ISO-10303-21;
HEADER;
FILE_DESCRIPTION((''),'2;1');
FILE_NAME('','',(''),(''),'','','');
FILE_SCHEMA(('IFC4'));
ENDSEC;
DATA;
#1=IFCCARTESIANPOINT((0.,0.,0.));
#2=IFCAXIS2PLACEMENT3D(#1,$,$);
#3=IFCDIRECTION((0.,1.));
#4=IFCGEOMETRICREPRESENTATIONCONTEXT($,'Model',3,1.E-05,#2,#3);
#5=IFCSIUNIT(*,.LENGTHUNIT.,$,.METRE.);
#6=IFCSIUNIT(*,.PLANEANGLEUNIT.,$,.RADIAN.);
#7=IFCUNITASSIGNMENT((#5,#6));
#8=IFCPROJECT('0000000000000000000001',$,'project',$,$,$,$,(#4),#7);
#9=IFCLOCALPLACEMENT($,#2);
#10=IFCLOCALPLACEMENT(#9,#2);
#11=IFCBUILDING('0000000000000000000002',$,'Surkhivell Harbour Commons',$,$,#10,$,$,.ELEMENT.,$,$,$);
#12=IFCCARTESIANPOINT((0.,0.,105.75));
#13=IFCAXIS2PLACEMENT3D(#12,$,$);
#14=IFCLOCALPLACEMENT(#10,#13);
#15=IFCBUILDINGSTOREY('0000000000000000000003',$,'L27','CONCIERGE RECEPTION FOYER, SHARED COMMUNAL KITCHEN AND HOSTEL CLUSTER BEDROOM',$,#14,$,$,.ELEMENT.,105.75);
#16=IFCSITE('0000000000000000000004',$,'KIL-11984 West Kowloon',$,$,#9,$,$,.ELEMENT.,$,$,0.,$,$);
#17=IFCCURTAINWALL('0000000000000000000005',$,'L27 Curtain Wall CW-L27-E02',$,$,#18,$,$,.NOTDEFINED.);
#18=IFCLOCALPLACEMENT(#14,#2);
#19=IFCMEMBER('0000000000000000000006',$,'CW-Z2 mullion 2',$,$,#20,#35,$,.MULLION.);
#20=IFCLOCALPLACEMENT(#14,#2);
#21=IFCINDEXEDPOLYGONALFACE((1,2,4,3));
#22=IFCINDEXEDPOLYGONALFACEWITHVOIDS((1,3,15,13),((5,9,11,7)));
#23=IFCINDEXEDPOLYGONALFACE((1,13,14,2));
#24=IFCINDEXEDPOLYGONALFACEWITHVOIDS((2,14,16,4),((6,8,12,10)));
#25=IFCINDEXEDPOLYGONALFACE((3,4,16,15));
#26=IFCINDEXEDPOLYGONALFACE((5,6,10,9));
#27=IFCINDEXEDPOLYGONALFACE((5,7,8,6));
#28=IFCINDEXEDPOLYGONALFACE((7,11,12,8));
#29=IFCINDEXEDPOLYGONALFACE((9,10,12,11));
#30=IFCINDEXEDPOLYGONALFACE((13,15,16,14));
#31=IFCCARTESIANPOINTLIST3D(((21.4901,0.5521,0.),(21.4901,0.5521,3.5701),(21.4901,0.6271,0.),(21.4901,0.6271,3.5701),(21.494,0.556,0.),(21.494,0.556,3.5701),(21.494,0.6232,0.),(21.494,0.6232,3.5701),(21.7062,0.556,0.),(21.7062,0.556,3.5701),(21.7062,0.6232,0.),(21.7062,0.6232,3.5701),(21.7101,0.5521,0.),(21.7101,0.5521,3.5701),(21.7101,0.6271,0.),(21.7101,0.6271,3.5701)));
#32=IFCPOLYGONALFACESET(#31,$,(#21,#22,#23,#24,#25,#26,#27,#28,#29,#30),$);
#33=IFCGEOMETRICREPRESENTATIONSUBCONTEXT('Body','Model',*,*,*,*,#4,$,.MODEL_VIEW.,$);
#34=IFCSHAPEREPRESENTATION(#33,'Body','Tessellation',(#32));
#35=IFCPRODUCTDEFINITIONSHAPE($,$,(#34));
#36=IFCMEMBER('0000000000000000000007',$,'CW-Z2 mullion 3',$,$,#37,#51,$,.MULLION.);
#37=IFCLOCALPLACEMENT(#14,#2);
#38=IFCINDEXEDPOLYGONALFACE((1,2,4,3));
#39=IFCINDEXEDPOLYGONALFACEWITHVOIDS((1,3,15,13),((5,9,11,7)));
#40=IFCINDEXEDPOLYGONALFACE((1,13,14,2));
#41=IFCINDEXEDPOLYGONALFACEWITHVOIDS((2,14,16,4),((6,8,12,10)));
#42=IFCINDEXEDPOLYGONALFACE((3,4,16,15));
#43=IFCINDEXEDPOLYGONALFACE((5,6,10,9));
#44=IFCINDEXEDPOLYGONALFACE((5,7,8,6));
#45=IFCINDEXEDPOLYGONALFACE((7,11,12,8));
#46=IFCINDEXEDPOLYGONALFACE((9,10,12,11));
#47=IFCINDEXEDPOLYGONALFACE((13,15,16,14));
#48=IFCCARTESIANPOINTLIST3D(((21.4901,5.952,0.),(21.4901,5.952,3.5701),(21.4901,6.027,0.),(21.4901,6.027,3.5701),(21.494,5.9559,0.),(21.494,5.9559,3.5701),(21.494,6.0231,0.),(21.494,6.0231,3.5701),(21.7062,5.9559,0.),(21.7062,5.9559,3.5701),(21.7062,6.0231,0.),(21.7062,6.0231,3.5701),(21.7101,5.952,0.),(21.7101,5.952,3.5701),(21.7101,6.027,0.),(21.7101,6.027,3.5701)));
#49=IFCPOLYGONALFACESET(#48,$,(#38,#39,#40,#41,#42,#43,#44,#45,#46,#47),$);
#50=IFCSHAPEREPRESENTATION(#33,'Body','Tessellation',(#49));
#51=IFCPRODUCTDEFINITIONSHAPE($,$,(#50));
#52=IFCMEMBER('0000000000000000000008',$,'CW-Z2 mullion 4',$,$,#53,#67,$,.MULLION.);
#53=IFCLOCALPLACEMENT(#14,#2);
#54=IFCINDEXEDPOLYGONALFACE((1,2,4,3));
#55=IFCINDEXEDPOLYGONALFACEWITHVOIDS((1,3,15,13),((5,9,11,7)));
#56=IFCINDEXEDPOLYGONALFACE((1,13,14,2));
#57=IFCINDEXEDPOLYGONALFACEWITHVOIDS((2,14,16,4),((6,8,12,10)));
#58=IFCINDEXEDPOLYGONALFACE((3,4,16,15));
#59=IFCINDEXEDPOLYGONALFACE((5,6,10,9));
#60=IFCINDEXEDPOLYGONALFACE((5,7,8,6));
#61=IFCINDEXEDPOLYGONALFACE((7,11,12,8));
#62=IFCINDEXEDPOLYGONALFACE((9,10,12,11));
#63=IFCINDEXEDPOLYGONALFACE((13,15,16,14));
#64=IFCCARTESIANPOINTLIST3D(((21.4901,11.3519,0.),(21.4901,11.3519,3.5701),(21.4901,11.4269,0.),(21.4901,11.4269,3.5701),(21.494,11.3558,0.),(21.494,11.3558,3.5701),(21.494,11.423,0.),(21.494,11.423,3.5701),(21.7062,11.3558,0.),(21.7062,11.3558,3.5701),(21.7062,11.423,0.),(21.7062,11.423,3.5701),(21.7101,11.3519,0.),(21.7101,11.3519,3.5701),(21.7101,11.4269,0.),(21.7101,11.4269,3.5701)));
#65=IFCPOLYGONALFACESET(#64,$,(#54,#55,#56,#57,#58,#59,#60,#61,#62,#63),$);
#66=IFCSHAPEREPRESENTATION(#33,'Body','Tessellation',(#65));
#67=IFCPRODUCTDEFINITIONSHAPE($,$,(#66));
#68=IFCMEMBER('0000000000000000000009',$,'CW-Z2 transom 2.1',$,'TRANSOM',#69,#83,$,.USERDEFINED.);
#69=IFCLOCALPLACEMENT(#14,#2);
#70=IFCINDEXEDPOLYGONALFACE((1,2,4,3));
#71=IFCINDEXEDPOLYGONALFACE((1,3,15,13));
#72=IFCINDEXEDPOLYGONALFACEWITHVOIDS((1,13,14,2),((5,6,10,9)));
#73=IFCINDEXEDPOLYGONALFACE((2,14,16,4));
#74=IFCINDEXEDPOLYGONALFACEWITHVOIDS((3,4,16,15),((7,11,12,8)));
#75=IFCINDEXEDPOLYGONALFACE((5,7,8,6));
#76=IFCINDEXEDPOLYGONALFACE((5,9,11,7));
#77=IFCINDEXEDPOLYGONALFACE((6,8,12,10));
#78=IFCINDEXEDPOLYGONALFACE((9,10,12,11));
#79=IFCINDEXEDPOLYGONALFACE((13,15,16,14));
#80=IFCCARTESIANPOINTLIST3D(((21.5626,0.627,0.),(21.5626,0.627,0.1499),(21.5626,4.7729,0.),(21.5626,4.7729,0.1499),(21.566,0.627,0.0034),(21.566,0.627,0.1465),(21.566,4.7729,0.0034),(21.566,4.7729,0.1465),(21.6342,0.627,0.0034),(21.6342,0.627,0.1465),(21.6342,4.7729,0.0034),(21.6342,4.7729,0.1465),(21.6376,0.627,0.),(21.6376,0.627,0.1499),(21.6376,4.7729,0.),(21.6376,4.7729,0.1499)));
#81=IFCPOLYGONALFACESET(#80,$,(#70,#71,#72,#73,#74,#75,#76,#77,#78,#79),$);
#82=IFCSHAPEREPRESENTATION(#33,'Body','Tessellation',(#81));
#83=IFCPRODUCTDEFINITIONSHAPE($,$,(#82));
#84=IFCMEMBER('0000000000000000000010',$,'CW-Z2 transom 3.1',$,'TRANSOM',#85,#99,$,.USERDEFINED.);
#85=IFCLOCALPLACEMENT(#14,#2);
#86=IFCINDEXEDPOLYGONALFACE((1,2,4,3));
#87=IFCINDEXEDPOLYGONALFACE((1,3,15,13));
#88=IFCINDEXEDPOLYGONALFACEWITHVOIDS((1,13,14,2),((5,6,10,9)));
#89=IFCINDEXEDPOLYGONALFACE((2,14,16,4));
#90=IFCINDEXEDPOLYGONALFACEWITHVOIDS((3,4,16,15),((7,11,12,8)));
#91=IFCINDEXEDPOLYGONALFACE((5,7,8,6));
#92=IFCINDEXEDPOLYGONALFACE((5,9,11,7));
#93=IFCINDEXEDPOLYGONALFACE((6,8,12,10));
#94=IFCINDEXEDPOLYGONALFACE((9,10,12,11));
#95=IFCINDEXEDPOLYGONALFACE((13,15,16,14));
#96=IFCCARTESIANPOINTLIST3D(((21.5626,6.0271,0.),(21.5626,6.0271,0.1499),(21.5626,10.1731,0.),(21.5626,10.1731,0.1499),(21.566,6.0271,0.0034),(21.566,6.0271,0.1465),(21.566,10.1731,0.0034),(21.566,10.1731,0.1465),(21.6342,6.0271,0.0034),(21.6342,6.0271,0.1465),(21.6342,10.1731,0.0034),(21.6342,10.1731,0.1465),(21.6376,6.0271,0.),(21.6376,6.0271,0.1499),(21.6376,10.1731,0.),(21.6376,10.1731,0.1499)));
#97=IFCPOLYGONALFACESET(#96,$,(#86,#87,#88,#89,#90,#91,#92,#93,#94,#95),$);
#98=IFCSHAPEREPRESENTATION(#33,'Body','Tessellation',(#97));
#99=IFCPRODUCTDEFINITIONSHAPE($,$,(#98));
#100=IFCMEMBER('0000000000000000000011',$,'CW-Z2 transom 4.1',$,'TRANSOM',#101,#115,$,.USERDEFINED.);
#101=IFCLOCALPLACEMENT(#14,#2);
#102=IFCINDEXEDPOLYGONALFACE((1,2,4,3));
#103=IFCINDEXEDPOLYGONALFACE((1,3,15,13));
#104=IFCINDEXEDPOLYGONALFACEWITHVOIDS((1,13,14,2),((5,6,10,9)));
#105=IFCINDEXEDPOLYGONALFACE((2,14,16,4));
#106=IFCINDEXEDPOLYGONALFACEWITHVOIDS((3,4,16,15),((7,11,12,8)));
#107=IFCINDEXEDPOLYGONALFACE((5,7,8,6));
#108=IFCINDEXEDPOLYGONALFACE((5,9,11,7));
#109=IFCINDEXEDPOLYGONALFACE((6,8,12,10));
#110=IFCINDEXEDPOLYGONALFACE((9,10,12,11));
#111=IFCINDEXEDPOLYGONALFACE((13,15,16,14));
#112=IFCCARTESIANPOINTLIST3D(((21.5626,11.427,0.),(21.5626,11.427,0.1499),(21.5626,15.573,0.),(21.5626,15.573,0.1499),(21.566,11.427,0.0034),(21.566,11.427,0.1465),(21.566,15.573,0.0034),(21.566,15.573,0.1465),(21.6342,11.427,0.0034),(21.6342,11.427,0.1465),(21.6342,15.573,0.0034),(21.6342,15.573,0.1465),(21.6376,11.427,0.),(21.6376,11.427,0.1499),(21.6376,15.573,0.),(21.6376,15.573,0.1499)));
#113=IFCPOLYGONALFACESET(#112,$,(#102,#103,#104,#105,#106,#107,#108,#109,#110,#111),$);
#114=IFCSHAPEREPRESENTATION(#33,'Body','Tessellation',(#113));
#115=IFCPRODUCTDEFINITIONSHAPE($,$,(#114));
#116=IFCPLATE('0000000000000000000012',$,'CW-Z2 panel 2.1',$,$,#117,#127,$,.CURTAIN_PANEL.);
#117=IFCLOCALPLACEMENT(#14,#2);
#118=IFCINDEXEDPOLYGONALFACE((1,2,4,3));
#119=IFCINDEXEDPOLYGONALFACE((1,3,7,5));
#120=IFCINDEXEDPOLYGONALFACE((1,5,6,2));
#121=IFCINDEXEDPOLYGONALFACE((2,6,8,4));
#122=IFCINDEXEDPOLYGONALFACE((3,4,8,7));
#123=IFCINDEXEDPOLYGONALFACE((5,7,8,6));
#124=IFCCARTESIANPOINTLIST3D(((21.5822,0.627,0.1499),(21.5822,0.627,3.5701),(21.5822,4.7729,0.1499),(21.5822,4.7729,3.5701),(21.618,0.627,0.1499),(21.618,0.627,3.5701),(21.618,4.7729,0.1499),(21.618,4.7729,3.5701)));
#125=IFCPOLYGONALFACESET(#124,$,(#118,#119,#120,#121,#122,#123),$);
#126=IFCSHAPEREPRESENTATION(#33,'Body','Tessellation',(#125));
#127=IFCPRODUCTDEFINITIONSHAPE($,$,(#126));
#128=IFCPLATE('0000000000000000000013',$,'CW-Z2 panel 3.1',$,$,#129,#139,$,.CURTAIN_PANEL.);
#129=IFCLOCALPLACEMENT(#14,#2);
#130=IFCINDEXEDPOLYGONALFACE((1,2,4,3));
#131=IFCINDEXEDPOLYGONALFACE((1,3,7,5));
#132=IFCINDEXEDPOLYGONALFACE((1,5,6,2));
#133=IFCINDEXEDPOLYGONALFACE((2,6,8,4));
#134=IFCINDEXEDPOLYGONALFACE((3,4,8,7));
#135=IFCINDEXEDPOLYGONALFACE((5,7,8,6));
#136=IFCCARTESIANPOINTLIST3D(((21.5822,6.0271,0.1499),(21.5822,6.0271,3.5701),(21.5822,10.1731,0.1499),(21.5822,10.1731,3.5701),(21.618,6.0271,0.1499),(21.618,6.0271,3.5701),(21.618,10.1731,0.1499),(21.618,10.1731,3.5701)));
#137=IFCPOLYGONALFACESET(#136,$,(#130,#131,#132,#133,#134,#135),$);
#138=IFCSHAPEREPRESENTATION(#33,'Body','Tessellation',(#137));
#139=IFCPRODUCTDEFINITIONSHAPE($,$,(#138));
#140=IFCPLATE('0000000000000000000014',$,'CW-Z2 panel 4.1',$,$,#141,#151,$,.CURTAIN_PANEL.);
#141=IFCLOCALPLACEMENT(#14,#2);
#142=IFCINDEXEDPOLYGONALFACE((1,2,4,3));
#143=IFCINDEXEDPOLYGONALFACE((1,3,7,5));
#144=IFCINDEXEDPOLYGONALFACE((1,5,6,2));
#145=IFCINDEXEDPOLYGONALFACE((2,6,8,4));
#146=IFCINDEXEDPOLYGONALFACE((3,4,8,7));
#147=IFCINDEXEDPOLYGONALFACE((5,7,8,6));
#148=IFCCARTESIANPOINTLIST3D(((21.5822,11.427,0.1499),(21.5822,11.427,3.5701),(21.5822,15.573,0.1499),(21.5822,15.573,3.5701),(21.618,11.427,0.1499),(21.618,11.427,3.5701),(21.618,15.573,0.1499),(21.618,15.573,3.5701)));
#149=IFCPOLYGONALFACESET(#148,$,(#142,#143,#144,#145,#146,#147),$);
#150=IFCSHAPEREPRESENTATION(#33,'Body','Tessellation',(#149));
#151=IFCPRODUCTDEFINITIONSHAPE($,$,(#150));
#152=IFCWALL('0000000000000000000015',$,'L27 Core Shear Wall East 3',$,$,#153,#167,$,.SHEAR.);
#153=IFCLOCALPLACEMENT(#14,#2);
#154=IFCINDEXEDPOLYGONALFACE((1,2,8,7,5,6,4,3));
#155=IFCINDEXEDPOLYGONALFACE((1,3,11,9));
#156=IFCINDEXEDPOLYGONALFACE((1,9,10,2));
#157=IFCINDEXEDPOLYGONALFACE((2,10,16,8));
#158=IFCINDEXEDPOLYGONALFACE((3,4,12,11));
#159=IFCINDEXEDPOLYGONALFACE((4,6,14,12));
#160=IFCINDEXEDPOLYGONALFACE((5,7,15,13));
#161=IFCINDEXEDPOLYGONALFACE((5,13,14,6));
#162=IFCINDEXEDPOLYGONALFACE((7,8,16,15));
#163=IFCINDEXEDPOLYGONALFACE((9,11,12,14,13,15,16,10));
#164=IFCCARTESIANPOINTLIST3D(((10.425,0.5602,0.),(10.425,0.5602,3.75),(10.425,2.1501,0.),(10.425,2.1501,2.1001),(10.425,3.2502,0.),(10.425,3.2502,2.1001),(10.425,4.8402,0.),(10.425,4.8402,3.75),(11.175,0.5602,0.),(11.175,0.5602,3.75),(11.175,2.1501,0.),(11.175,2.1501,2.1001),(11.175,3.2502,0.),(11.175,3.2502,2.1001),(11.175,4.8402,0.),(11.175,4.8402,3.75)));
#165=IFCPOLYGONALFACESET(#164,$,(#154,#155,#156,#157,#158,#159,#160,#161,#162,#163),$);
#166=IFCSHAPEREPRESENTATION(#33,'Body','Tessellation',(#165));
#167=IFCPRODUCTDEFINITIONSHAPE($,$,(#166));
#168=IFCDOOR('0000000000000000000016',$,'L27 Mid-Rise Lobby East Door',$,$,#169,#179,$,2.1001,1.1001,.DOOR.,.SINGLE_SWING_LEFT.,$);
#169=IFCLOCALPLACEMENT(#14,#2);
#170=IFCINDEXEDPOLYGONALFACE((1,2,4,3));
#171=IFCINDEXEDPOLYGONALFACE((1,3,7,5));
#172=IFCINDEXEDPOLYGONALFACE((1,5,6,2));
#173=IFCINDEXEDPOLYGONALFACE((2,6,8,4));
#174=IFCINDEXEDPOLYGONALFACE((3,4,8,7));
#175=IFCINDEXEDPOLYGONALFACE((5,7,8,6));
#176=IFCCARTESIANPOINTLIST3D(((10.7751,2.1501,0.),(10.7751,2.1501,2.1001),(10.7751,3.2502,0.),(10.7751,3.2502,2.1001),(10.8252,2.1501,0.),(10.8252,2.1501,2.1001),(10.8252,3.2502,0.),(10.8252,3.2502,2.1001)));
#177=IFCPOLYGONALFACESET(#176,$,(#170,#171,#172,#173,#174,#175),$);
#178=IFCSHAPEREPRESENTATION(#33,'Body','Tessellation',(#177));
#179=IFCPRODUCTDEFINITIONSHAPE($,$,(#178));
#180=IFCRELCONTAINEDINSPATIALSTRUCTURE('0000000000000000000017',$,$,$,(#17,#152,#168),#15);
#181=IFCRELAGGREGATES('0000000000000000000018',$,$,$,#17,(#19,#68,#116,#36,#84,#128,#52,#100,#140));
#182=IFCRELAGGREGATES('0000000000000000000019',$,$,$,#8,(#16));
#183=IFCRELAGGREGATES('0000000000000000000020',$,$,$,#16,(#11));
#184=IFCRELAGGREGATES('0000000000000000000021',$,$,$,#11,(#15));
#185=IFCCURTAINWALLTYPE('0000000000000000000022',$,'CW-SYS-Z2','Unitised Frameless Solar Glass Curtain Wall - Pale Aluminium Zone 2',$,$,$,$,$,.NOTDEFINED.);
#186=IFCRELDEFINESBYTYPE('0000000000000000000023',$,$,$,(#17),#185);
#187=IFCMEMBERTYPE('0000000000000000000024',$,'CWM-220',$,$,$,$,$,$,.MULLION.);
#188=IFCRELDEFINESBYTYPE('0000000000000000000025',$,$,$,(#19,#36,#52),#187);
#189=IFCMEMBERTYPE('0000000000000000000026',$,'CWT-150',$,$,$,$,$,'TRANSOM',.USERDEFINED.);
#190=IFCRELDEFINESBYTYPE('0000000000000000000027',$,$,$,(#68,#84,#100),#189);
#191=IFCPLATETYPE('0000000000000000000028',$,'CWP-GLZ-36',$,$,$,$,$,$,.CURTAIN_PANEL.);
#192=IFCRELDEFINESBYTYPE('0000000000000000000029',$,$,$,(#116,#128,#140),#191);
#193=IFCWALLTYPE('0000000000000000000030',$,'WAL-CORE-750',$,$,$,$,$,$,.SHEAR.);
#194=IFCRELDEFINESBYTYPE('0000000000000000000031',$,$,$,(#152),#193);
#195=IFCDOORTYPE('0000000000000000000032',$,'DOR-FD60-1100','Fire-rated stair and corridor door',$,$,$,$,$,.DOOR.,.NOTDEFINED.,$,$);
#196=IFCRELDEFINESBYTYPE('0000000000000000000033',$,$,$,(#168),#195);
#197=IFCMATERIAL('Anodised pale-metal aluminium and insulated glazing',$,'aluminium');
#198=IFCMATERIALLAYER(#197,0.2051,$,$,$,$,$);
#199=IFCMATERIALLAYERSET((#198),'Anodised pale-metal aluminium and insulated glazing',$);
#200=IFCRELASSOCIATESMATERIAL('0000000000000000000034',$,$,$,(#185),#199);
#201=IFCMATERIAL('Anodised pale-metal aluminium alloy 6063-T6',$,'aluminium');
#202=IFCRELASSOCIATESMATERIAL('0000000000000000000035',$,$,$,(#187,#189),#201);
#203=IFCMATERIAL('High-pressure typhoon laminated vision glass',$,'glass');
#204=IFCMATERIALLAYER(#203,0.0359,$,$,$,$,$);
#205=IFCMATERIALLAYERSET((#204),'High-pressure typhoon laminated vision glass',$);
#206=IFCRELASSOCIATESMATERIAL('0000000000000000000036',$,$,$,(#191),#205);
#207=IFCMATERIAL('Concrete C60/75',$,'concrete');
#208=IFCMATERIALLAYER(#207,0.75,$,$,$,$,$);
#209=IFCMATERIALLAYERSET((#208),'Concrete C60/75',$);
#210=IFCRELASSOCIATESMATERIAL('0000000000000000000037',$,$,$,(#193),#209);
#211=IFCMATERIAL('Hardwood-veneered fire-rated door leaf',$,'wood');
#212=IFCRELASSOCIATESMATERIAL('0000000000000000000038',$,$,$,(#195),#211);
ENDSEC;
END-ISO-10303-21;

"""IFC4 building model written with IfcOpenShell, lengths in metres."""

from ifc_helpers import new_model, si_unit, direction, frame, frame_2d, origin, origin_2d, place, context, subcontext, project, spatial, rectangle, hollow_rectangle, extrude, material, layer, layer_set, material_profile, profile_set, type_object, element, fill, aggregate, save


model = new_model("IFC4")

# Units and contexts
model_context = context("Model", 3, precision=1e-05, world=origin(), true_north=direction((0.0, 1.0)))
body_context = subcontext(model_context, "Body", "Model", "MODEL_VIEW")
ifc_project = project(units=[si_unit("LENGTHUNIT", "METRE"), si_unit("PLANEANGLEUNIT", "RADIAN")], contexts=[model_context])

# Site, building, storey
site_placement = place(None, origin())
site = spatial("IfcSite", under=ifc_project, at=site_placement, Name="KIL-11984 West Kowloon", CompositionType="ELEMENT", RefElevation=0.0)
building_placement = place(site_placement, origin())
building = spatial("IfcBuilding", under=site, at=building_placement, Name="Surkhivell Harbour Commons", CompositionType="ELEMENT")
storey_placement = place(building_placement, frame((0.0, 0.0, 105.75)))
storey = spatial("IfcBuildingStorey", under=building, at=storey_placement, Name="L27", Description="CONCIERGE RECEPTION FOYER, SHARED COMMUNAL KITCHEN AND HOSTEL CLUSTER BEDROOM", CompositionType="ELEMENT", Elevation=105.75)

# Shared definitions
ifc_material_1 = material(Name="Concrete C60/75", Category="concrete")

# Curtain wall, members, plates
ifc_material_2 = material(Name="Anodised pale-metal aluminium and insulated glazing", Category="aluminium")
ifc_layer_1 = layer(ifc_material_2, 0.2051)
ifc_layer_set_1 = layer_set([ifc_layer_1], Name="Anodised pale-metal aluminium and insulated glazing")
curtain_wall_type = type_object("IfcCurtainWallType", Name="CW-SYS-Z2", Description="Unitised Frameless Solar Glass Curtain Wall - Pale Aluminium Zone 2", PredefinedType="NOTDEFINED", material=ifc_layer_set_1)
curtain_wall_placement = place(storey_placement, origin())
curtain_wall = element("IfcCurtainWall", 1, at=curtain_wall_placement, inside=storey, type_object=curtain_wall_type, Name="L27 Curtain Wall CW-L27-E02", PredefinedType="NOTDEFINED")
ifc_material_3 = material(Name="Anodised pale-metal aluminium alloy 6063-T6", Category="aluminium")
ifc_material_profile_1 = material_profile(ifc_material_3, hollow_rectangle(XDim=0.075, YDim=0.22, WallThickness=0.0039, at=origin_2d()), Name="ALU-MULL-75x220")
ifc_profile_set_1 = profile_set([ifc_material_profile_1], Name="Anodised pale-metal aluminium alloy 6063-T6")
member_type_1 = type_object("IfcMemberType", Name="CWM-220", PredefinedType="MULLION", material=ifc_profile_set_1)
member_1_placement = place(storey_placement, frame((21.6001, 0.5896, 0.0), z_axis=(0.0, 0.0, 1.0), x_axis=(0.0, 1.0, 0.0)))
member_1 = element("IfcMember", 2, at=member_1_placement, type_object=member_type_1, Name="CW-Z2 mullion 2", PredefinedType="MULLION", context=body_context, shape_type="SweptSolid", body=[
    extrude(hollow_rectangle(XDim=0.075, YDim=0.22, WallThickness=0.0039, at=origin_2d()), origin(), (0.0, 0.0, 1.0), 3.5701),
])
member_2_placement = place(storey_placement, frame((21.6001, 5.9895, 0.0), z_axis=(0.0, 0.0, 1.0), x_axis=(0.0, 1.0, 0.0)))
member_2 = element("IfcMember", 3, at=member_2_placement, type_object=member_type_1, Name="CW-Z2 mullion 3", PredefinedType="MULLION", context=body_context, shape_type="SweptSolid", body=[
    extrude(hollow_rectangle(XDim=0.075, YDim=0.22, WallThickness=0.0039, at=origin_2d()), origin(), (0.0, 0.0, 1.0), 3.5701),
])
member_3_placement = place(storey_placement, frame((21.6001, 11.3894, 0.0), z_axis=(0.0, 0.0, 1.0), x_axis=(0.0, 1.0, 0.0)))
member_3 = element("IfcMember", 4, at=member_3_placement, type_object=member_type_1, Name="CW-Z2 mullion 4", PredefinedType="MULLION", context=body_context, shape_type="SweptSolid", body=[
    extrude(hollow_rectangle(XDim=0.075, YDim=0.22, WallThickness=0.0039, at=origin_2d()), origin(), (0.0, 0.0, 1.0), 3.5701),
])
ifc_material_profile_2 = material_profile(ifc_material_3, hollow_rectangle(XDim=0.075, YDim=0.1499, WallThickness=0.0034, at=origin_2d()), Name="ALU-TRAN-75x150")
ifc_profile_set_2 = profile_set([ifc_material_profile_2], Name="Anodised pale-metal aluminium alloy 6063-T6")
member_type_2 = type_object("IfcMemberType", Name="CWT-150", ElementType="TRANSOM", PredefinedType="USERDEFINED", material=ifc_profile_set_2)
member_4_placement = place(storey_placement, frame((21.6001, 0.627, 0.075), z_axis=(0.0, 1.0, 0.0), x_axis=(-1.0, 0.0, 0.0)))
member_4 = element("IfcMember", 5, at=member_4_placement, type_object=member_type_2, Name="CW-Z2 transom 2.1", ObjectType="TRANSOM", PredefinedType="USERDEFINED", context=body_context, shape_type="SweptSolid", body=[
    extrude(hollow_rectangle(XDim=0.075, YDim=0.1499, WallThickness=0.0034, at=origin_2d()), origin(), (0.0, 0.0, 1.0), 4.146),
])
member_5_placement = place(storey_placement, frame((21.6001, 6.0271, 0.075), z_axis=(0.0, 1.0, 0.0), x_axis=(-1.0, 0.0, 0.0)))
member_5 = element("IfcMember", 6, at=member_5_placement, type_object=member_type_2, Name="CW-Z2 transom 3.1", ObjectType="TRANSOM", PredefinedType="USERDEFINED", context=body_context, shape_type="SweptSolid", body=[
    extrude(hollow_rectangle(XDim=0.075, YDim=0.1499, WallThickness=0.0034, at=origin_2d()), origin(), (0.0, 0.0, 1.0), 4.146),
])
member_6_placement = place(storey_placement, frame((21.6001, 11.427, 0.075), z_axis=(0.0, 1.0, 0.0), x_axis=(-1.0, 0.0, 0.0)))
member_6 = element("IfcMember", 7, at=member_6_placement, type_object=member_type_2, Name="CW-Z2 transom 4.1", ObjectType="TRANSOM", PredefinedType="USERDEFINED", context=body_context, shape_type="SweptSolid", body=[
    extrude(hollow_rectangle(XDim=0.075, YDim=0.1499, WallThickness=0.0034, at=origin_2d()), origin(), (0.0, 0.0, 1.0), 4.146),
])
ifc_material_4 = material(Name="High-pressure typhoon laminated vision glass", Category="glass")
ifc_layer_2 = layer(ifc_material_4, 0.0359)
ifc_layer_set_2 = layer_set([ifc_layer_2], Name="High-pressure typhoon laminated vision glass")
plate_type = type_object("IfcPlateType", Name="CWP-GLZ-36", PredefinedType="CURTAIN_PANEL", material=ifc_layer_set_2)
plate_1_placement = place(storey_placement, frame((21.6001, 0.627, 0.1499), z_axis=(0.0, 0.0, 1.0), x_axis=(0.0, 1.0, 0.0)))
plate_1 = element("IfcPlate", 8, at=plate_1_placement, type_object=plate_type, Name="CW-Z2 panel 2.1", PredefinedType="CURTAIN_PANEL", context=body_context, shape_type="SweptSolid", body=[
    extrude(rectangle(XDim=4.146, YDim=0.0359, at=frame_2d((2.073, 0.0))), origin(), (0.0, 0.0, 1.0), 3.4202),
])
plate_2_placement = place(storey_placement, frame((21.6001, 6.0271, 0.1499), z_axis=(0.0, 0.0, 1.0), x_axis=(0.0, 1.0, 0.0)))
plate_2 = element("IfcPlate", 9, at=plate_2_placement, type_object=plate_type, Name="CW-Z2 panel 3.1", PredefinedType="CURTAIN_PANEL", context=body_context, shape_type="SweptSolid", body=[
    extrude(rectangle(XDim=4.146, YDim=0.0359, at=frame_2d((2.073, 0.0))), origin(), (0.0, 0.0, 1.0), 3.4202),
])
plate_3_placement = place(storey_placement, frame((21.6001, 11.427, 0.1499), z_axis=(0.0, 0.0, 1.0), x_axis=(0.0, 1.0, 0.0)))
plate_3 = element("IfcPlate", 10, at=plate_3_placement, type_object=plate_type, Name="CW-Z2 panel 4.1", PredefinedType="CURTAIN_PANEL", context=body_context, shape_type="SweptSolid", body=[
    extrude(rectangle(XDim=4.146, YDim=0.0359, at=frame_2d((2.073, 0.0))), origin(), (0.0, 0.0, 1.0), 3.4202),
])
aggregate(curtain_wall, [member_1, member_4, plate_1, member_2, member_5, plate_2, member_3, member_6, plate_3])

# Wall, opening, door
ifc_layer_3 = layer(ifc_material_1, 0.75)
ifc_layer_set_3 = layer_set([ifc_layer_3], Name="Concrete C60/75")
wall_type_1 = type_object("IfcWallType", Name="WAL-CORE-750", PredefinedType="SHEAR", material=ifc_layer_set_3)
wall_1_placement = place(storey_placement, frame((10.8, 0.5601, 0.0), z_axis=(0.0, 0.0, 1.0), x_axis=(0.0, 1.0, 0.0)))
wall_1 = element("IfcWall", 11, at=wall_1_placement, inside=storey, type_object=wall_type_1, Name="L27 Core Shear Wall East 3", PredefinedType="SHEAR", context=body_context, shape_type="SweptSolid", body=[
    extrude(rectangle(XDim=4.28, YDim=0.75, at=frame_2d((2.1401, 0.0))), origin(), (0.0, 0.0, 1.0), 3.75),
])
opening_placement = place(wall_1_placement, frame((1.5901, 0.0, 0.0)))
opening = element("IfcOpeningElement", 12, at=opening_placement, cuts=wall_1, PredefinedType="OPENING", context=body_context, shape_type="SweptSolid", body=[
    extrude(rectangle(XDim=1.1001, YDim=2.1001, at=frame_2d((0.55, 1.05))), frame((0.0, 0.385, 0.0), z_axis=(0.0, -1.0, 0.0), x_axis=(1.0, 0.0, 0.0)), (0.0, 0.0, 1.0), 0.77),
])
ifc_material_5 = material(Name="Hardwood-veneered fire-rated door leaf", Category="wood")
door_type = type_object("IfcDoorType", Name="DOR-FD60-1100", Description="Fire-rated stair and corridor door", OperationType="NOTDEFINED", PredefinedType="DOOR", material=ifc_material_5)
door_placement = place(opening_placement, origin())
door = element("IfcDoor", 13, at=door_placement, inside=storey, type_object=door_type, Name="L27 Mid-Rise Lobby East Door", OperationType="SINGLE_SWING_LEFT", OverallHeight=2.1001, OverallWidth=1.1001, PredefinedType="DOOR", context=body_context, shape_type="SweptSolid", body=[
    extrude(rectangle(XDim=1.1001, YDim=2.1001, at=frame_2d((0.55, 1.05))), frame((0.0, 0.0249, 0.0), z_axis=(0.0, -1.0, 0.0), x_axis=(1.0, 0.0, 0.0)), (0.0, 0.0, 1.0), 0.05),
])
fill(opening, door)

save(model, "model.ifc")
